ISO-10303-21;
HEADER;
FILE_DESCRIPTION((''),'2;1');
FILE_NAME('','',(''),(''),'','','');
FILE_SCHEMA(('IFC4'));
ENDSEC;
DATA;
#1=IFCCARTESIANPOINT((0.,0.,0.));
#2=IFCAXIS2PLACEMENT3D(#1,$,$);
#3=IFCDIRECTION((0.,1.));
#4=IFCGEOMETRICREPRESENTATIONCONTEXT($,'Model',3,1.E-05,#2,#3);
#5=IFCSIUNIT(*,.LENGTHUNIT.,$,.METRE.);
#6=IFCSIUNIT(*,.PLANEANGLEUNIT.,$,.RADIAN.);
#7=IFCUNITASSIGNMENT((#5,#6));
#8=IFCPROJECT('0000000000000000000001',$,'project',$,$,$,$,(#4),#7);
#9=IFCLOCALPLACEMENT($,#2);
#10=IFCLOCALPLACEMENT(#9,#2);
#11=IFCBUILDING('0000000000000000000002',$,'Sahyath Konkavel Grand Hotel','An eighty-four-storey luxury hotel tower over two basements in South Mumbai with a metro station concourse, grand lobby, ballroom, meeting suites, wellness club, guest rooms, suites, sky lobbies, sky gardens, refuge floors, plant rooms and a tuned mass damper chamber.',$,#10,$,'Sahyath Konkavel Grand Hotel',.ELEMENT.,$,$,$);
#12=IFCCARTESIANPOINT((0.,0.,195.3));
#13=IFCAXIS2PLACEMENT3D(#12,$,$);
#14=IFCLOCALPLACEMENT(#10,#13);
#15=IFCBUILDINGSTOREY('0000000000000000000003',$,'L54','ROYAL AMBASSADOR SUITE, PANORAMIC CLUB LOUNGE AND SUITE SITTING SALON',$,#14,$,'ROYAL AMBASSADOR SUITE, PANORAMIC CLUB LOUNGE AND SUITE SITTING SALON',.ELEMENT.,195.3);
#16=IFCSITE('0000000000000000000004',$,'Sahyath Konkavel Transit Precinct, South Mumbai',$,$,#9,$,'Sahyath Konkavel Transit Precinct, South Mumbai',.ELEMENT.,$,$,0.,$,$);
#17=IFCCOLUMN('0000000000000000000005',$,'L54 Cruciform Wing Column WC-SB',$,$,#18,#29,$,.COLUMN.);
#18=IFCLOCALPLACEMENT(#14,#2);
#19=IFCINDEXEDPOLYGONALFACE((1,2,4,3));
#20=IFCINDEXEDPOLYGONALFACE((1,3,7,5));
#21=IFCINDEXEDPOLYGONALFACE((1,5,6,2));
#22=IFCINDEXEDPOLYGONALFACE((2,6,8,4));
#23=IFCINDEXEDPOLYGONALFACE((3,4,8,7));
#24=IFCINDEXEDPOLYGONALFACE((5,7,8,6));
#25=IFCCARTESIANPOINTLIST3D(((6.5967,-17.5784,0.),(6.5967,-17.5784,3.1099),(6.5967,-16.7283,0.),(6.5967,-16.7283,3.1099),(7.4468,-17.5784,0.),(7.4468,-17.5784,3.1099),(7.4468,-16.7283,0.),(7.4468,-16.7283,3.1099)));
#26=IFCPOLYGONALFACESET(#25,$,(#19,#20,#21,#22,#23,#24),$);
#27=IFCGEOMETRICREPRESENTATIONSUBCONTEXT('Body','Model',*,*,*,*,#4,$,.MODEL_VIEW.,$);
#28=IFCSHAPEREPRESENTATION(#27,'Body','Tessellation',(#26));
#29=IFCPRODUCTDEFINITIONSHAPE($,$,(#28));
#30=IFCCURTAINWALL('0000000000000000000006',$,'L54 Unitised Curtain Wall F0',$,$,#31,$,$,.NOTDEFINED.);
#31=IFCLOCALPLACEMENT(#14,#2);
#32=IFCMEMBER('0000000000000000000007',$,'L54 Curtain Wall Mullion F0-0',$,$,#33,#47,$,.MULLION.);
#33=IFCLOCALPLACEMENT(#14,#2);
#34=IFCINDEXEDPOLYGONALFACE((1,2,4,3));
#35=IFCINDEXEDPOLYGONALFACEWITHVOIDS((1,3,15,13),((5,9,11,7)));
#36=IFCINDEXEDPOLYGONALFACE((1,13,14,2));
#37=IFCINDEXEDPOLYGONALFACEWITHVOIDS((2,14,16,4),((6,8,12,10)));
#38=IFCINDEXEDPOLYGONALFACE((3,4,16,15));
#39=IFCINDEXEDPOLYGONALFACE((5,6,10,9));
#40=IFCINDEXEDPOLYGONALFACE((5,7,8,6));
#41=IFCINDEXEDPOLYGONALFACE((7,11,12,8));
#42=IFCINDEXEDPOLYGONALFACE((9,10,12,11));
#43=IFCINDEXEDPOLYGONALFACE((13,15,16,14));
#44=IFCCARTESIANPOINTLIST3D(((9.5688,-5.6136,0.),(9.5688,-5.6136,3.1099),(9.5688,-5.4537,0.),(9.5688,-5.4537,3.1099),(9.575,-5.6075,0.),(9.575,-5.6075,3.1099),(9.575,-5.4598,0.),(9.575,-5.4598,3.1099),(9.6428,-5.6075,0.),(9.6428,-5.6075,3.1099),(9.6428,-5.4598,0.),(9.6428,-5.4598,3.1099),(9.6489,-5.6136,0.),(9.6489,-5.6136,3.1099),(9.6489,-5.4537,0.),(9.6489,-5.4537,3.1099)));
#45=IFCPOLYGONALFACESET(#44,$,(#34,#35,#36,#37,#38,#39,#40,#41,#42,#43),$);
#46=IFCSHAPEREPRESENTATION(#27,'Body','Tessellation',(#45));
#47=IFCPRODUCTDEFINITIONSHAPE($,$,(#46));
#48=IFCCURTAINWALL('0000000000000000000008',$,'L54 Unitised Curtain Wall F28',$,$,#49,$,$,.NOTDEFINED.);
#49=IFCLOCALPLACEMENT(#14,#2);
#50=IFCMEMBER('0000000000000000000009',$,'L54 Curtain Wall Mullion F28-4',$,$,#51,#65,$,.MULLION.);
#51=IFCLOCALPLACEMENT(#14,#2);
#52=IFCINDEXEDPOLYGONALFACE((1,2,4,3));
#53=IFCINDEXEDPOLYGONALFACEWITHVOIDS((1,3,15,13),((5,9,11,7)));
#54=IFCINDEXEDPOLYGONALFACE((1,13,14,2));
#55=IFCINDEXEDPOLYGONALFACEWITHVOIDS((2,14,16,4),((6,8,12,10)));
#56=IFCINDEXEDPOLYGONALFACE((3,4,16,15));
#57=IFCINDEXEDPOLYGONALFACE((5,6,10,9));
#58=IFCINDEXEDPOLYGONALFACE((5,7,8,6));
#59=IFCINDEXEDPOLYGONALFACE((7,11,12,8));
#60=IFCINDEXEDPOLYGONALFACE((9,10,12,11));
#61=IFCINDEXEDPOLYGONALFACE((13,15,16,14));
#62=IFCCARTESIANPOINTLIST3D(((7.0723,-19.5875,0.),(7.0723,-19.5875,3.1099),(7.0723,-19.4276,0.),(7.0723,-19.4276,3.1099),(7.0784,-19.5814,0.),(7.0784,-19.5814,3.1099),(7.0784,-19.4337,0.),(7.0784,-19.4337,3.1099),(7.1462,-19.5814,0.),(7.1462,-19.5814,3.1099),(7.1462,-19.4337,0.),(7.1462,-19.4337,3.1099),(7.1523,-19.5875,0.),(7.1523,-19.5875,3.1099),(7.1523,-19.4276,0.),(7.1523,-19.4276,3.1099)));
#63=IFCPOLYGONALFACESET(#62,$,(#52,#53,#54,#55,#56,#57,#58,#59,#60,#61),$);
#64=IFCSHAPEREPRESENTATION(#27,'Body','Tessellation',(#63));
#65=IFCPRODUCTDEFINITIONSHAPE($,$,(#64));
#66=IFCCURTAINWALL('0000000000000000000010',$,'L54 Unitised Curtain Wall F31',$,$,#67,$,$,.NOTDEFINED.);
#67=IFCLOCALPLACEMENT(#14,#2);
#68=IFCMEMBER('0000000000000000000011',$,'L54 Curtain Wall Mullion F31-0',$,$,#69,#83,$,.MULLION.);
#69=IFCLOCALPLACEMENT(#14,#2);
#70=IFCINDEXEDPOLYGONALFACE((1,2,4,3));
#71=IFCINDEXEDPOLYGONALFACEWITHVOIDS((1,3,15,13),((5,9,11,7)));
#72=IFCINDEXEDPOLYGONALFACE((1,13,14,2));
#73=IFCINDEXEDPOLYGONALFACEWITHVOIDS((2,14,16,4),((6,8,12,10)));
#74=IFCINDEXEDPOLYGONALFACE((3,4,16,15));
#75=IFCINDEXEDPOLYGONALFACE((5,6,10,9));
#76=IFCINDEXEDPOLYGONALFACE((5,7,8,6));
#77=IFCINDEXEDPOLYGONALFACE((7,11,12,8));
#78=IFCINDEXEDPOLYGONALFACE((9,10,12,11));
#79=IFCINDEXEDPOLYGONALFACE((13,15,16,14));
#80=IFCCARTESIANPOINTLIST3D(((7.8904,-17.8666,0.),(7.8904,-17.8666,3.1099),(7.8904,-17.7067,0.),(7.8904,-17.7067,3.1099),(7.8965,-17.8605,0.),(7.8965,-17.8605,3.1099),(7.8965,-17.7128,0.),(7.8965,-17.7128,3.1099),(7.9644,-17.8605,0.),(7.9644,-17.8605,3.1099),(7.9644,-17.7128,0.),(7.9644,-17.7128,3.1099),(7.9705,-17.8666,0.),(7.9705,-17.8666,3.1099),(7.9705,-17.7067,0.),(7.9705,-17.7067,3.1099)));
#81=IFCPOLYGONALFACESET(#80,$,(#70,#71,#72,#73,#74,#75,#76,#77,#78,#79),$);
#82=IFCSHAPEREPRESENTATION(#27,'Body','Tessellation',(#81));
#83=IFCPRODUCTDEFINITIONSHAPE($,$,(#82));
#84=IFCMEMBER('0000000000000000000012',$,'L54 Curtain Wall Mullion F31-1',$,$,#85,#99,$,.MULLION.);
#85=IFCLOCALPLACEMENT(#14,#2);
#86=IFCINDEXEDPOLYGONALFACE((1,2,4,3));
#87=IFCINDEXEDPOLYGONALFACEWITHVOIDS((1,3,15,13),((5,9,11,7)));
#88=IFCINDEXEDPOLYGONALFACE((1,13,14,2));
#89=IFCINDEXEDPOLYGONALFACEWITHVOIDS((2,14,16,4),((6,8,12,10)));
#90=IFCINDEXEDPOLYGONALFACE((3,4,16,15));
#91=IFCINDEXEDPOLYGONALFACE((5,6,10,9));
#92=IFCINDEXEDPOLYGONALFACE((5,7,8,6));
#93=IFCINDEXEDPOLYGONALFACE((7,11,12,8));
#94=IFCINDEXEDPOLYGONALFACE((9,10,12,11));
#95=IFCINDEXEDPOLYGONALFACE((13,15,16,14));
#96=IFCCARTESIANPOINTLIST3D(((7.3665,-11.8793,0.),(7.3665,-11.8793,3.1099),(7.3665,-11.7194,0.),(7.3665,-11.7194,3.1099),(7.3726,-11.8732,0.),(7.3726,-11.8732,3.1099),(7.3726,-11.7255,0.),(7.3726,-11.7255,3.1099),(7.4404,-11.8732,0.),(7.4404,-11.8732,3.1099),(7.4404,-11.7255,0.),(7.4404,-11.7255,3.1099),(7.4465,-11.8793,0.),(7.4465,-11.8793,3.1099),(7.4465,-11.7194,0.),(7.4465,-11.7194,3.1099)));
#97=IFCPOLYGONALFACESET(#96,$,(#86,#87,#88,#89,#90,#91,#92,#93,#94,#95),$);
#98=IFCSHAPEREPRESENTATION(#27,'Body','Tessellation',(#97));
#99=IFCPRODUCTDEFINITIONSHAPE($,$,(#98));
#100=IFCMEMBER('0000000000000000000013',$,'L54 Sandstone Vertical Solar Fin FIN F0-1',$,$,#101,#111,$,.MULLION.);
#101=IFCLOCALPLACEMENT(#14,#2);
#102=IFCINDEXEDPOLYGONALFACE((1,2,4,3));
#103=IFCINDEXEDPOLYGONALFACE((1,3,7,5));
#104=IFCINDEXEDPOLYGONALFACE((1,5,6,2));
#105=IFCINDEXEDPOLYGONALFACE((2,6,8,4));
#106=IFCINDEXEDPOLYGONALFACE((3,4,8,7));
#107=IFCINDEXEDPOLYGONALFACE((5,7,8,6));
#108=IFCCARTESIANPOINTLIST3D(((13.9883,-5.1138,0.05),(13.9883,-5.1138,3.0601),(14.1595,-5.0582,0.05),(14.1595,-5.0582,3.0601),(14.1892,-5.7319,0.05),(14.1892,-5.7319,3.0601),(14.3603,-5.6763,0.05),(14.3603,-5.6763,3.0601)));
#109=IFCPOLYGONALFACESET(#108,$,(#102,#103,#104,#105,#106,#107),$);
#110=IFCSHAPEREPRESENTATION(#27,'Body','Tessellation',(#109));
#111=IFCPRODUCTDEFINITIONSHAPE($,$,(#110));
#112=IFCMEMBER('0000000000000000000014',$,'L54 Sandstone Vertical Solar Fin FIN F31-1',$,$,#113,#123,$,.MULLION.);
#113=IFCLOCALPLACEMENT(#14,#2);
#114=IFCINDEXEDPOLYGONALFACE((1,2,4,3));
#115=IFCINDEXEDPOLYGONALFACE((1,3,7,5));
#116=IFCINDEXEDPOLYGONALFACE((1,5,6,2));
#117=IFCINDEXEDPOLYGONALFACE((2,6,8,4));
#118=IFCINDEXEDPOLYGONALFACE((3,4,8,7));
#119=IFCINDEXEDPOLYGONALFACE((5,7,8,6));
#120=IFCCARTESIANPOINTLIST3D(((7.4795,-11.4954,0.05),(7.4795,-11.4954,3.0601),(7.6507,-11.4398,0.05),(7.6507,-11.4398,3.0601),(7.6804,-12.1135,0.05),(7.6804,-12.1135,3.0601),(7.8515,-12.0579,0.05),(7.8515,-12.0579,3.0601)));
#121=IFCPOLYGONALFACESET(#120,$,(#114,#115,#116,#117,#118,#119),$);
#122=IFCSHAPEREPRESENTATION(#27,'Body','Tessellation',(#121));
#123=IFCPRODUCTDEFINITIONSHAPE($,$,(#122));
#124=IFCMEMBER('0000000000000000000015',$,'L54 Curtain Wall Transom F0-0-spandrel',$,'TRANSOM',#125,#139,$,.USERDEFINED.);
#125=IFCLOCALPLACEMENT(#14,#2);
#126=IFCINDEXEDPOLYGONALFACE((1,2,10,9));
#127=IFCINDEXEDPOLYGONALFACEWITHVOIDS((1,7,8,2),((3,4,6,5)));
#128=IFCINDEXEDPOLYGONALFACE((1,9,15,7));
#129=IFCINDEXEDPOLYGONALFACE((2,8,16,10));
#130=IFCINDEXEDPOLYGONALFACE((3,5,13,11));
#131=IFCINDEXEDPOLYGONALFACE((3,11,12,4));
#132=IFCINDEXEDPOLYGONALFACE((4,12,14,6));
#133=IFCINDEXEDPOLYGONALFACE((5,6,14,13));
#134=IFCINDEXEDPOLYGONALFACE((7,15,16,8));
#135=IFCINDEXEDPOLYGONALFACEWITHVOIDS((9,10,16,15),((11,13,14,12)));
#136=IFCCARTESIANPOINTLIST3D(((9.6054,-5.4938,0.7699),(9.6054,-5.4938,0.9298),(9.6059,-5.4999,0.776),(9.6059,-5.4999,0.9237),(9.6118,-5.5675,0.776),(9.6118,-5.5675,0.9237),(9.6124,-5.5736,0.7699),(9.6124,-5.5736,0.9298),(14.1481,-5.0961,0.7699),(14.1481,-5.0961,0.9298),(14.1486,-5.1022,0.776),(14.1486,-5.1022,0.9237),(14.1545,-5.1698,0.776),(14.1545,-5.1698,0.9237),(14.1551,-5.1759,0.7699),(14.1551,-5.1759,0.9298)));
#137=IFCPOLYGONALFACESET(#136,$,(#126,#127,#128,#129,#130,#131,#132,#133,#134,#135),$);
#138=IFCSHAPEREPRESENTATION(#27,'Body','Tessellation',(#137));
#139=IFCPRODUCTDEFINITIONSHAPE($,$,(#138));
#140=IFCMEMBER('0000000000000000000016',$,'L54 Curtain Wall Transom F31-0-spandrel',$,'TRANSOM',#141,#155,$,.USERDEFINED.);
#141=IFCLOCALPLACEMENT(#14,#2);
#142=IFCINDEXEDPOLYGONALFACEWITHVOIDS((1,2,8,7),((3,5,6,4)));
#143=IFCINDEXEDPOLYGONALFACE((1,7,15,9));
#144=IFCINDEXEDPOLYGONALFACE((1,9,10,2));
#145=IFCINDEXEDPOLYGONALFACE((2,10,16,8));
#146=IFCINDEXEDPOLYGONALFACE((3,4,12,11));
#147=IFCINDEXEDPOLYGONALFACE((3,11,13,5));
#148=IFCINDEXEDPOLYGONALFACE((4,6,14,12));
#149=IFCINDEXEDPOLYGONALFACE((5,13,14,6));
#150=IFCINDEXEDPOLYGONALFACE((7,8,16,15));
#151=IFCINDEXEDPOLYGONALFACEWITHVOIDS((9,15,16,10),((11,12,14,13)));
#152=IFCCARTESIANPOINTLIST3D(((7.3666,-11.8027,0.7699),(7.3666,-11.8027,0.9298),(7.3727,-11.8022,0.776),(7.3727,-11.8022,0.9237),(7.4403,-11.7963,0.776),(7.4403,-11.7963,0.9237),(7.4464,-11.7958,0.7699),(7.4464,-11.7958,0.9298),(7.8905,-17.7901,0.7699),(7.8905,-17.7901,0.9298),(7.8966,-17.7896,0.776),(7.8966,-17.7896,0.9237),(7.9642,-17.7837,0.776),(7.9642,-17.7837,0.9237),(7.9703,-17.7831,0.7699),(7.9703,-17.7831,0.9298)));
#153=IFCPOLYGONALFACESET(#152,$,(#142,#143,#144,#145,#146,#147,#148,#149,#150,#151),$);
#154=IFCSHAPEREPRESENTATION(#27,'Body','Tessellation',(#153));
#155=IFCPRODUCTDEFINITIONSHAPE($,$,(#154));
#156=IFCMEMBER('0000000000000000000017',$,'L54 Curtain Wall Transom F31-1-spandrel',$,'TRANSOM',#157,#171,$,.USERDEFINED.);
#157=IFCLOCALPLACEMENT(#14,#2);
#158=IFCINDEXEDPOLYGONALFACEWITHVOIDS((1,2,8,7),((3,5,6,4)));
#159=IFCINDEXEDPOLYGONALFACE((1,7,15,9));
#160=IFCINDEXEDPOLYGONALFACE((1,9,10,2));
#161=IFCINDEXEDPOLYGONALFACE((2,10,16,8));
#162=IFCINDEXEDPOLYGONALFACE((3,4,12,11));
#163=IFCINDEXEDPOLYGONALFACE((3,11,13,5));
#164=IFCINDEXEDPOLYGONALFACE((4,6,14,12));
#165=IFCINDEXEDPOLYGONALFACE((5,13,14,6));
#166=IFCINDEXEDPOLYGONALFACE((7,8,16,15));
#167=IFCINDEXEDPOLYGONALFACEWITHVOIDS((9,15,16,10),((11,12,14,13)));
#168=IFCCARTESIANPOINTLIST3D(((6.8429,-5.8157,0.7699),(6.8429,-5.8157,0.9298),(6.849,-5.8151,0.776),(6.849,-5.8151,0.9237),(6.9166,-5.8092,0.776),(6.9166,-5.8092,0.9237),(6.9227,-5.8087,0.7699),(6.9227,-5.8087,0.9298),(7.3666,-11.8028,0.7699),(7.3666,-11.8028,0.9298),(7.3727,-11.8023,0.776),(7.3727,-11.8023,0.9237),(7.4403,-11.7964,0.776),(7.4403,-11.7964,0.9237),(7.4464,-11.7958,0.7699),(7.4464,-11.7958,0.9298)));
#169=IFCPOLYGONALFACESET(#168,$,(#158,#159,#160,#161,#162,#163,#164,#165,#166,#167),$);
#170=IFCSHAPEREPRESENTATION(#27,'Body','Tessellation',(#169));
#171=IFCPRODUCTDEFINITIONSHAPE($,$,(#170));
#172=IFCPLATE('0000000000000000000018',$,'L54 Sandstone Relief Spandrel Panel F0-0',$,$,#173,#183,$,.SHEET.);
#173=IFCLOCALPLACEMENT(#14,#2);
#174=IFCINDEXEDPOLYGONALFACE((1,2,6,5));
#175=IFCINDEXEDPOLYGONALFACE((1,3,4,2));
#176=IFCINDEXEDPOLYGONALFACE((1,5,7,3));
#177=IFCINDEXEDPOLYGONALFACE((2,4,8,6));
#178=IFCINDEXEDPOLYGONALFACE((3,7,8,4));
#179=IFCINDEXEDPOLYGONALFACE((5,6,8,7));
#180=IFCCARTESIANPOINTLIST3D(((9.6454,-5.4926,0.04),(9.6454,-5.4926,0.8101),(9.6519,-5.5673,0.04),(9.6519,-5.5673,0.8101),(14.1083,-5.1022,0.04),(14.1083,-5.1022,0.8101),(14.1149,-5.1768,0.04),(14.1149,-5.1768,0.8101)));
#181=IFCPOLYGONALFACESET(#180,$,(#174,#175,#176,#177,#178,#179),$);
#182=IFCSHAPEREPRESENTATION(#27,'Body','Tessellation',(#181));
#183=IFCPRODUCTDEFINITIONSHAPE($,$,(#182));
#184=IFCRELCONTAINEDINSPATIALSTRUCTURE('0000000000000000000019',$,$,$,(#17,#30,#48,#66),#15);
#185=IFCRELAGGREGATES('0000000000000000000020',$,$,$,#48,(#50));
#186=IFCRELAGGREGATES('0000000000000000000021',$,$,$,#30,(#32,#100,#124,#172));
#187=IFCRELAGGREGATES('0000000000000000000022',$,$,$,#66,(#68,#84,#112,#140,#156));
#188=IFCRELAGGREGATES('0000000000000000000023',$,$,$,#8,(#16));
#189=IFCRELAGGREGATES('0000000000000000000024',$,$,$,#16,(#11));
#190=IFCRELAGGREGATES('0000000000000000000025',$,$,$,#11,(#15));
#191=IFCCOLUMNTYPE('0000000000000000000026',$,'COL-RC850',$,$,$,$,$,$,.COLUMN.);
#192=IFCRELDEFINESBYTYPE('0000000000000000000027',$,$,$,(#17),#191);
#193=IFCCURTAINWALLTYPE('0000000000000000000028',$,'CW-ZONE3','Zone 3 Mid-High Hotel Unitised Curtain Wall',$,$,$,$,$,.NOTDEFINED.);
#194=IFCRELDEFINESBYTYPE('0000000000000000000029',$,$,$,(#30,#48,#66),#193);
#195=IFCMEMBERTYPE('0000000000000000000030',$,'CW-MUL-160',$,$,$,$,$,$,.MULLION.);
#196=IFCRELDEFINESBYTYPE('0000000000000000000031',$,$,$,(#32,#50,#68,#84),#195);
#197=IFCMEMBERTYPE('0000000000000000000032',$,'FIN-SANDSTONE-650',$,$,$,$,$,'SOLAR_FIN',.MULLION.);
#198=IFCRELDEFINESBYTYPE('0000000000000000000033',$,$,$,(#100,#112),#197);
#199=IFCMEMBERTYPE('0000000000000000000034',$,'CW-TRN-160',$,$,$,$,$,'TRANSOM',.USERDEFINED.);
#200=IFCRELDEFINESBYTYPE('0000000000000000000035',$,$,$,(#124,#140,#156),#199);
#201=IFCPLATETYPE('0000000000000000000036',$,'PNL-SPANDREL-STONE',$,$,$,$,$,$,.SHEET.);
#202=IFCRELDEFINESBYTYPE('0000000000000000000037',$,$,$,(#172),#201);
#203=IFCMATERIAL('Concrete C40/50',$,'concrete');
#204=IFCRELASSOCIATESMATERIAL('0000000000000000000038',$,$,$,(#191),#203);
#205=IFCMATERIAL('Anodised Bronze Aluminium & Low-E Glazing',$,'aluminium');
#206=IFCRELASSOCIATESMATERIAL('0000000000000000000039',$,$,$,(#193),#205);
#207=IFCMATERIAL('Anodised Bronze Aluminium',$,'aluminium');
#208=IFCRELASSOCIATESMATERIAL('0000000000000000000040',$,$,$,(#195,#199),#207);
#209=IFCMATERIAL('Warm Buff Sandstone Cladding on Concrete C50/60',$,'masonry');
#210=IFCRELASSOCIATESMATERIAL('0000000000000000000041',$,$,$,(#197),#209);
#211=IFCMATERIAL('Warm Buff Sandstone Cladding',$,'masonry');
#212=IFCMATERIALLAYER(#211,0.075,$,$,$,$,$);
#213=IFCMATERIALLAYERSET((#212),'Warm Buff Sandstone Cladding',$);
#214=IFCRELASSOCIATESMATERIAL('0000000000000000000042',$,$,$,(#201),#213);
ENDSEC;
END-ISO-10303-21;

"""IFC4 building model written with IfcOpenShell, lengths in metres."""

from ifc_helpers import new_model, si_unit, direction, frame, origin, origin_2d, place, context, subcontext, project, spatial, rectangle, hollow_rectangle, extrude, source, transform, mapped, material, layer, layer_set, material_profile, profile_set, type_object, element, aggregate, save


model = new_model("IFC4")

# Units and contexts
model_context = context("Model", 3, precision=1e-05, world=origin(), true_north=direction((0.0, 1.0)))
body_context = subcontext(model_context, "Body", "Model", "MODEL_VIEW")
ifc_project = project(units=[si_unit("LENGTHUNIT", "METRE"), si_unit("PLANEANGLEUNIT", "RADIAN")], contexts=[model_context])

# Site, building, storey
site_placement = place(None, origin())
site = spatial("IfcSite", under=ifc_project, at=site_placement, Name="Sahyath Konkavel Transit Precinct, South Mumbai", LongName="Sahyath Konkavel Transit Precinct, South Mumbai", CompositionType="ELEMENT", RefElevation=0.0)
building_placement = place(site_placement, origin())
building = spatial("IfcBuilding", under=site, at=building_placement, Name="Sahyath Konkavel Grand Hotel", Description="An eighty-four-storey luxury hotel tower over two basements in South Mumbai with a metro station concourse, grand lobby, ballroom, meeting suites, wellness club, guest rooms, suites, sky lobbies, sky gardens, refuge floors, plant rooms and a tuned mass damper chamber.", LongName="Sahyath Konkavel Grand Hotel", CompositionType="ELEMENT")
storey_placement = place(building_placement, frame((0.0, 0.0, 195.3)))
storey = spatial("IfcBuildingStorey", under=building, at=storey_placement, Name="L54", Description="ROYAL AMBASSADOR SUITE, PANORAMIC CLUB LOUNGE AND SUITE SITTING SALON", LongName="ROYAL AMBASSADOR SUITE, PANORAMIC CLUB LOUNGE AND SUITE SITTING SALON", CompositionType="ELEMENT", Elevation=195.3)

# Column
ifc_material_1 = material(Name="Concrete C40/50", Category="concrete")
ifc_material_profile_1 = material_profile(ifc_material_1, rectangle(XDim=0.8501, YDim=0.8501, at=origin_2d()), Name="RC 850x850")
ifc_profile_set_1 = profile_set([ifc_material_profile_1], Name="Concrete C40/50")
column_type = type_object("IfcColumnType", Name="COL-RC850", PredefinedType="COLUMN", material=ifc_profile_set_1)
shared_shape_1 = source(origin(), body_context, "Body", "SweptSolid", [
    extrude(rectangle(XDim=0.8501, YDim=0.8501, at=origin_2d()), origin(), (0.0, 0.0, 1.0), 3.1099),
])
column_placement = place(storey_placement, frame((7.0217, -17.1533, 0.0), z_axis=(0.0, 0.0, 1.0), x_axis=(1.0, 0.0, 0.0)))
element("IfcColumn", 1, at=column_placement, inside=storey, type_object=column_type, Name="L54 Cruciform Wing Column WC-SB", PredefinedType="COLUMN", context=body_context, shape_type="MappedRepresentation", body=[
    mapped(shared_shape_1, transform((0.0, 0.0, 0.0), scale=1.0)),
])

# Curtain walls, members
ifc_material_2 = material(Name="Anodised Bronze Aluminium & Low-E Glazing", Category="aluminium")
curtain_wall_type = type_object("IfcCurtainWallType", Name="CW-ZONE3", Description="Zone 3 Mid-High Hotel Unitised Curtain Wall", PredefinedType="NOTDEFINED", material=ifc_material_2)
curtain_wall_1_placement = place(storey_placement, origin())
curtain_wall_1 = element("IfcCurtainWall", 2, at=curtain_wall_1_placement, inside=storey, type_object=curtain_wall_type, Name="L54 Unitised Curtain Wall F0", PredefinedType="NOTDEFINED")
ifc_material_3 = material(Name="Anodised Bronze Aluminium", Category="aluminium")
ifc_material_profile_2 = material_profile(ifc_material_3, hollow_rectangle(XDim=0.0801, YDim=0.1599, WallThickness=0.0061, at=origin_2d()), Name="RHS 160x80x6")
ifc_profile_set_2 = profile_set([ifc_material_profile_2], Name="Anodised Bronze Aluminium")
member_type_1 = type_object("IfcMemberType", Name="CW-MUL-160", PredefinedType="MULLION", material=ifc_profile_set_2)
shared_shape_2 = source(origin(), body_context, "Body", "SweptSolid", [
    extrude(hollow_rectangle(XDim=0.0801, YDim=0.1599, WallThickness=0.0061, at=origin_2d()), origin(), (0.0, 0.0, 1.0), 3.1099),
])
member_1_placement = place(storey_placement, frame((9.6089, -5.5337, 0.0), z_axis=(0.0, 0.0, 1.0), x_axis=(1.0, 0.0, 0.0)))
member_1 = element("IfcMember", 3, at=member_1_placement, type_object=member_type_1, Name="L54 Curtain Wall Mullion F0-0", PredefinedType="MULLION", context=body_context, shape_type="MappedRepresentation", body=[
    mapped(shared_shape_2, transform((0.0, 0.0, 0.0), scale=1.0)),
])
curtain_wall_2_placement = place(storey_placement, origin())
curtain_wall_2 = element("IfcCurtainWall", 4, at=curtain_wall_2_placement, inside=storey, type_object=curtain_wall_type, Name="L54 Unitised Curtain Wall F28", PredefinedType="NOTDEFINED")
member_2_placement = place(storey_placement, frame((7.1123, -19.5076, 0.0), z_axis=(0.0, 0.0, 1.0), x_axis=(1.0, 0.0, 0.0)))
member_2 = element("IfcMember", 5, at=member_2_placement, type_object=member_type_1, Name="L54 Curtain Wall Mullion F28-4", PredefinedType="MULLION", context=body_context, shape_type="MappedRepresentation", body=[
    mapped(shared_shape_2, transform((0.0, 0.0, 0.0), scale=1.0)),
])
aggregate(curtain_wall_2, [member_2])

# Curtain wall, members
curtain_wall_3_placement = place(storey_placement, origin())
curtain_wall_3 = element("IfcCurtainWall", 6, at=curtain_wall_3_placement, inside=storey, type_object=curtain_wall_type, Name="L54 Unitised Curtain Wall F31", PredefinedType="NOTDEFINED")
member_3_placement = place(storey_placement, frame((7.9304, -17.7866, 0.0), z_axis=(0.0, 0.0, 1.0), x_axis=(1.0, 0.0, 0.0)))
member_3 = element("IfcMember", 7, at=member_3_placement, type_object=member_type_1, Name="L54 Curtain Wall Mullion F31-0", PredefinedType="MULLION", context=body_context, shape_type="MappedRepresentation", body=[
    mapped(shared_shape_2, transform((0.0, 0.0, 0.0), scale=1.0)),
])
member_4_placement = place(storey_placement, frame((7.4065, -11.7993, 0.0), z_axis=(0.0, 0.0, 1.0), x_axis=(1.0, 0.0, 0.0)))
member_4 = element("IfcMember", 8, at=member_4_placement, type_object=member_type_1, Name="L54 Curtain Wall Mullion F31-1", PredefinedType="MULLION", context=body_context, shape_type="MappedRepresentation", body=[
    mapped(shared_shape_2, transform((0.0, 0.0, 0.0), scale=1.0)),
])

# Members
ifc_material_4 = material(Name="Warm Buff Sandstone Cladding on Concrete C50/60", Category="masonry")
ifc_material_profile_3 = material_profile(ifc_material_4, rectangle(XDim=0.1799, YDim=0.6499, at=origin_2d()), Name="FIN 180x650")
ifc_profile_set_3 = profile_set([ifc_material_profile_3], Name="Warm Buff Sandstone Cladding on Concrete C50/60")
member_type_2 = type_object("IfcMemberType", Name="FIN-SANDSTONE-650", ElementType="SOLAR_FIN", PredefinedType="MULLION", material=ifc_profile_set_3)
shared_shape_3 = source(origin(), body_context, "Body", "SweptSolid", [
    extrude(rectangle(XDim=0.1799, YDim=0.6499, at=origin_2d()), origin(), (0.0, 0.0, 1.0), 3.01),
])
member_5_placement = place(storey_placement, frame((14.1743, -5.395, 0.05), z_axis=(0.0, 0.0, 1.0), x_axis=(0.951057, 0.309017, 0.0)))
member_5 = element("IfcMember", 9, at=member_5_placement, type_object=member_type_2, Name="L54 Sandstone Vertical Solar Fin FIN F0-1", PredefinedType="MULLION", context=body_context, shape_type="MappedRepresentation", body=[
    mapped(shared_shape_3, transform((0.0, 0.0, 0.0), scale=1.0)),
])
member_6_placement = place(storey_placement, frame((7.6655, -11.7766, 0.05), z_axis=(0.0, 0.0, 1.0), x_axis=(0.951057, 0.309017, 0.0)))
member_6 = element("IfcMember", 10, at=member_6_placement, type_object=member_type_2, Name="L54 Sandstone Vertical Solar Fin FIN F31-1", PredefinedType="MULLION", context=body_context, shape_type="MappedRepresentation", body=[
    mapped(shared_shape_3, transform((0.0, 0.0, 0.0), scale=1.0)),
])
ifc_material_profile_4 = material_profile(ifc_material_3, hollow_rectangle(XDim=0.0801, YDim=0.1599, WallThickness=0.0061, at=origin_2d()), Name="RHS 160x80x6")
ifc_profile_set_4 = profile_set([ifc_material_profile_4], Name="Anodised Bronze Aluminium")
member_type_3 = type_object("IfcMemberType", Name="CW-TRN-160", ElementType="TRANSOM", PredefinedType="USERDEFINED", material=ifc_profile_set_4)
shared_shape_4 = source(origin(), body_context, "Body", "SweptSolid", [
    extrude(hollow_rectangle(XDim=0.0801, YDim=0.1599, WallThickness=0.0061, at=origin_2d()), origin(), (0.0, 0.0, 1.0), 4.5601),
])
member_7_placement = place(storey_placement, frame((9.6089, -5.5337, 0.8499), z_axis=(0.99619, 0.087214, 0.0), x_axis=(-0.087214, 0.99619, 0.0)))
member_7 = element("IfcMember", 11, at=member_7_placement, type_object=member_type_3, Name="L54 Curtain Wall Transom F0-0-spandrel", ObjectType="TRANSOM", PredefinedType="USERDEFINED", context=body_context, shape_type="MappedRepresentation", body=[
    mapped(shared_shape_4, transform((0.0, 0.0, 0.0), scale=1.0)),
])
shared_shape_5 = source(origin(), body_context, "Body", "SweptSolid", [
    extrude(hollow_rectangle(XDim=0.0801, YDim=0.1599, WallThickness=0.0061, at=origin_2d()), origin(), (0.0, 0.0, 1.0), 6.0103),
])
member_8_placement = place(storey_placement, frame((7.9304, -17.7866, 0.8499), z_axis=(-0.087173, 0.996193, 0.0), x_axis=(-0.996193, -0.087173, 0.0)))
member_8 = element("IfcMember", 12, at=member_8_placement, type_object=member_type_3, Name="L54 Curtain Wall Transom F31-0-spandrel", ObjectType="TRANSOM", PredefinedType="USERDEFINED", context=body_context, shape_type="MappedRepresentation", body=[
    mapped(shared_shape_5, transform((0.0, 0.0, 0.0), scale=1.0)),
])
shared_shape_6 = source(origin(), body_context, "Body", "SweptSolid", [
    extrude(hollow_rectangle(XDim=0.0801, YDim=0.1599, WallThickness=0.0061, at=origin_2d()), origin(), (0.0, 0.0, 1.0), 6.01),
])
member_9_placement = place(storey_placement, frame((7.4065, -11.7993, 0.8499), z_axis=(-0.087136, 0.996196, 0.0), x_axis=(-0.996196, -0.087136, 0.0)))
member_9 = element("IfcMember", 13, at=member_9_placement, type_object=member_type_3, Name="L54 Curtain Wall Transom F31-1-spandrel", ObjectType="TRANSOM", PredefinedType="USERDEFINED", context=body_context, shape_type="MappedRepresentation", body=[
    mapped(shared_shape_6, transform((0.0, 0.0, 0.0), scale=1.0)),
])

# Plate
ifc_material_5 = material(Name="Warm Buff Sandstone Cladding", Category="masonry")
ifc_layer_1 = layer(ifc_material_5, 0.075)
ifc_layer_set_1 = layer_set([ifc_layer_1], Name="Warm Buff Sandstone Cladding")
plate_type_1 = type_object("IfcPlateType", Name="PNL-SPANDREL-STONE", PredefinedType="SHEET", material=ifc_layer_set_1)
shared_shape_7 = source(origin(), body_context, "Body", "SweptSolid", [
    extrude(rectangle(XDim=4.48, YDim=0.075, at=origin_2d()), origin(), (0.0, 0.0, 1.0), 0.77),
])
plate_1_placement = place(storey_placement, frame((11.8801, -5.3347, 0.04), z_axis=(0.0, 0.0, 1.0), x_axis=(0.996195, 0.087156, 0.0)))
plate_1 = element("IfcPlate", 14, at=plate_1_placement, type_object=plate_type_1, Name="L54 Sandstone Relief Spandrel Panel F0-0", PredefinedType="SHEET", context=body_context, shape_type="MappedRepresentation", body=[
    mapped(shared_shape_7, transform((0.0, 0.0, 0.0), scale=1.0)),
])
aggregate(curtain_wall_1, [member_1, member_5, member_7, plate_1])
aggregate(curtain_wall_3, [member_3, member_4, member_6, member_8, member_9])

save(model, "model.ifc")
